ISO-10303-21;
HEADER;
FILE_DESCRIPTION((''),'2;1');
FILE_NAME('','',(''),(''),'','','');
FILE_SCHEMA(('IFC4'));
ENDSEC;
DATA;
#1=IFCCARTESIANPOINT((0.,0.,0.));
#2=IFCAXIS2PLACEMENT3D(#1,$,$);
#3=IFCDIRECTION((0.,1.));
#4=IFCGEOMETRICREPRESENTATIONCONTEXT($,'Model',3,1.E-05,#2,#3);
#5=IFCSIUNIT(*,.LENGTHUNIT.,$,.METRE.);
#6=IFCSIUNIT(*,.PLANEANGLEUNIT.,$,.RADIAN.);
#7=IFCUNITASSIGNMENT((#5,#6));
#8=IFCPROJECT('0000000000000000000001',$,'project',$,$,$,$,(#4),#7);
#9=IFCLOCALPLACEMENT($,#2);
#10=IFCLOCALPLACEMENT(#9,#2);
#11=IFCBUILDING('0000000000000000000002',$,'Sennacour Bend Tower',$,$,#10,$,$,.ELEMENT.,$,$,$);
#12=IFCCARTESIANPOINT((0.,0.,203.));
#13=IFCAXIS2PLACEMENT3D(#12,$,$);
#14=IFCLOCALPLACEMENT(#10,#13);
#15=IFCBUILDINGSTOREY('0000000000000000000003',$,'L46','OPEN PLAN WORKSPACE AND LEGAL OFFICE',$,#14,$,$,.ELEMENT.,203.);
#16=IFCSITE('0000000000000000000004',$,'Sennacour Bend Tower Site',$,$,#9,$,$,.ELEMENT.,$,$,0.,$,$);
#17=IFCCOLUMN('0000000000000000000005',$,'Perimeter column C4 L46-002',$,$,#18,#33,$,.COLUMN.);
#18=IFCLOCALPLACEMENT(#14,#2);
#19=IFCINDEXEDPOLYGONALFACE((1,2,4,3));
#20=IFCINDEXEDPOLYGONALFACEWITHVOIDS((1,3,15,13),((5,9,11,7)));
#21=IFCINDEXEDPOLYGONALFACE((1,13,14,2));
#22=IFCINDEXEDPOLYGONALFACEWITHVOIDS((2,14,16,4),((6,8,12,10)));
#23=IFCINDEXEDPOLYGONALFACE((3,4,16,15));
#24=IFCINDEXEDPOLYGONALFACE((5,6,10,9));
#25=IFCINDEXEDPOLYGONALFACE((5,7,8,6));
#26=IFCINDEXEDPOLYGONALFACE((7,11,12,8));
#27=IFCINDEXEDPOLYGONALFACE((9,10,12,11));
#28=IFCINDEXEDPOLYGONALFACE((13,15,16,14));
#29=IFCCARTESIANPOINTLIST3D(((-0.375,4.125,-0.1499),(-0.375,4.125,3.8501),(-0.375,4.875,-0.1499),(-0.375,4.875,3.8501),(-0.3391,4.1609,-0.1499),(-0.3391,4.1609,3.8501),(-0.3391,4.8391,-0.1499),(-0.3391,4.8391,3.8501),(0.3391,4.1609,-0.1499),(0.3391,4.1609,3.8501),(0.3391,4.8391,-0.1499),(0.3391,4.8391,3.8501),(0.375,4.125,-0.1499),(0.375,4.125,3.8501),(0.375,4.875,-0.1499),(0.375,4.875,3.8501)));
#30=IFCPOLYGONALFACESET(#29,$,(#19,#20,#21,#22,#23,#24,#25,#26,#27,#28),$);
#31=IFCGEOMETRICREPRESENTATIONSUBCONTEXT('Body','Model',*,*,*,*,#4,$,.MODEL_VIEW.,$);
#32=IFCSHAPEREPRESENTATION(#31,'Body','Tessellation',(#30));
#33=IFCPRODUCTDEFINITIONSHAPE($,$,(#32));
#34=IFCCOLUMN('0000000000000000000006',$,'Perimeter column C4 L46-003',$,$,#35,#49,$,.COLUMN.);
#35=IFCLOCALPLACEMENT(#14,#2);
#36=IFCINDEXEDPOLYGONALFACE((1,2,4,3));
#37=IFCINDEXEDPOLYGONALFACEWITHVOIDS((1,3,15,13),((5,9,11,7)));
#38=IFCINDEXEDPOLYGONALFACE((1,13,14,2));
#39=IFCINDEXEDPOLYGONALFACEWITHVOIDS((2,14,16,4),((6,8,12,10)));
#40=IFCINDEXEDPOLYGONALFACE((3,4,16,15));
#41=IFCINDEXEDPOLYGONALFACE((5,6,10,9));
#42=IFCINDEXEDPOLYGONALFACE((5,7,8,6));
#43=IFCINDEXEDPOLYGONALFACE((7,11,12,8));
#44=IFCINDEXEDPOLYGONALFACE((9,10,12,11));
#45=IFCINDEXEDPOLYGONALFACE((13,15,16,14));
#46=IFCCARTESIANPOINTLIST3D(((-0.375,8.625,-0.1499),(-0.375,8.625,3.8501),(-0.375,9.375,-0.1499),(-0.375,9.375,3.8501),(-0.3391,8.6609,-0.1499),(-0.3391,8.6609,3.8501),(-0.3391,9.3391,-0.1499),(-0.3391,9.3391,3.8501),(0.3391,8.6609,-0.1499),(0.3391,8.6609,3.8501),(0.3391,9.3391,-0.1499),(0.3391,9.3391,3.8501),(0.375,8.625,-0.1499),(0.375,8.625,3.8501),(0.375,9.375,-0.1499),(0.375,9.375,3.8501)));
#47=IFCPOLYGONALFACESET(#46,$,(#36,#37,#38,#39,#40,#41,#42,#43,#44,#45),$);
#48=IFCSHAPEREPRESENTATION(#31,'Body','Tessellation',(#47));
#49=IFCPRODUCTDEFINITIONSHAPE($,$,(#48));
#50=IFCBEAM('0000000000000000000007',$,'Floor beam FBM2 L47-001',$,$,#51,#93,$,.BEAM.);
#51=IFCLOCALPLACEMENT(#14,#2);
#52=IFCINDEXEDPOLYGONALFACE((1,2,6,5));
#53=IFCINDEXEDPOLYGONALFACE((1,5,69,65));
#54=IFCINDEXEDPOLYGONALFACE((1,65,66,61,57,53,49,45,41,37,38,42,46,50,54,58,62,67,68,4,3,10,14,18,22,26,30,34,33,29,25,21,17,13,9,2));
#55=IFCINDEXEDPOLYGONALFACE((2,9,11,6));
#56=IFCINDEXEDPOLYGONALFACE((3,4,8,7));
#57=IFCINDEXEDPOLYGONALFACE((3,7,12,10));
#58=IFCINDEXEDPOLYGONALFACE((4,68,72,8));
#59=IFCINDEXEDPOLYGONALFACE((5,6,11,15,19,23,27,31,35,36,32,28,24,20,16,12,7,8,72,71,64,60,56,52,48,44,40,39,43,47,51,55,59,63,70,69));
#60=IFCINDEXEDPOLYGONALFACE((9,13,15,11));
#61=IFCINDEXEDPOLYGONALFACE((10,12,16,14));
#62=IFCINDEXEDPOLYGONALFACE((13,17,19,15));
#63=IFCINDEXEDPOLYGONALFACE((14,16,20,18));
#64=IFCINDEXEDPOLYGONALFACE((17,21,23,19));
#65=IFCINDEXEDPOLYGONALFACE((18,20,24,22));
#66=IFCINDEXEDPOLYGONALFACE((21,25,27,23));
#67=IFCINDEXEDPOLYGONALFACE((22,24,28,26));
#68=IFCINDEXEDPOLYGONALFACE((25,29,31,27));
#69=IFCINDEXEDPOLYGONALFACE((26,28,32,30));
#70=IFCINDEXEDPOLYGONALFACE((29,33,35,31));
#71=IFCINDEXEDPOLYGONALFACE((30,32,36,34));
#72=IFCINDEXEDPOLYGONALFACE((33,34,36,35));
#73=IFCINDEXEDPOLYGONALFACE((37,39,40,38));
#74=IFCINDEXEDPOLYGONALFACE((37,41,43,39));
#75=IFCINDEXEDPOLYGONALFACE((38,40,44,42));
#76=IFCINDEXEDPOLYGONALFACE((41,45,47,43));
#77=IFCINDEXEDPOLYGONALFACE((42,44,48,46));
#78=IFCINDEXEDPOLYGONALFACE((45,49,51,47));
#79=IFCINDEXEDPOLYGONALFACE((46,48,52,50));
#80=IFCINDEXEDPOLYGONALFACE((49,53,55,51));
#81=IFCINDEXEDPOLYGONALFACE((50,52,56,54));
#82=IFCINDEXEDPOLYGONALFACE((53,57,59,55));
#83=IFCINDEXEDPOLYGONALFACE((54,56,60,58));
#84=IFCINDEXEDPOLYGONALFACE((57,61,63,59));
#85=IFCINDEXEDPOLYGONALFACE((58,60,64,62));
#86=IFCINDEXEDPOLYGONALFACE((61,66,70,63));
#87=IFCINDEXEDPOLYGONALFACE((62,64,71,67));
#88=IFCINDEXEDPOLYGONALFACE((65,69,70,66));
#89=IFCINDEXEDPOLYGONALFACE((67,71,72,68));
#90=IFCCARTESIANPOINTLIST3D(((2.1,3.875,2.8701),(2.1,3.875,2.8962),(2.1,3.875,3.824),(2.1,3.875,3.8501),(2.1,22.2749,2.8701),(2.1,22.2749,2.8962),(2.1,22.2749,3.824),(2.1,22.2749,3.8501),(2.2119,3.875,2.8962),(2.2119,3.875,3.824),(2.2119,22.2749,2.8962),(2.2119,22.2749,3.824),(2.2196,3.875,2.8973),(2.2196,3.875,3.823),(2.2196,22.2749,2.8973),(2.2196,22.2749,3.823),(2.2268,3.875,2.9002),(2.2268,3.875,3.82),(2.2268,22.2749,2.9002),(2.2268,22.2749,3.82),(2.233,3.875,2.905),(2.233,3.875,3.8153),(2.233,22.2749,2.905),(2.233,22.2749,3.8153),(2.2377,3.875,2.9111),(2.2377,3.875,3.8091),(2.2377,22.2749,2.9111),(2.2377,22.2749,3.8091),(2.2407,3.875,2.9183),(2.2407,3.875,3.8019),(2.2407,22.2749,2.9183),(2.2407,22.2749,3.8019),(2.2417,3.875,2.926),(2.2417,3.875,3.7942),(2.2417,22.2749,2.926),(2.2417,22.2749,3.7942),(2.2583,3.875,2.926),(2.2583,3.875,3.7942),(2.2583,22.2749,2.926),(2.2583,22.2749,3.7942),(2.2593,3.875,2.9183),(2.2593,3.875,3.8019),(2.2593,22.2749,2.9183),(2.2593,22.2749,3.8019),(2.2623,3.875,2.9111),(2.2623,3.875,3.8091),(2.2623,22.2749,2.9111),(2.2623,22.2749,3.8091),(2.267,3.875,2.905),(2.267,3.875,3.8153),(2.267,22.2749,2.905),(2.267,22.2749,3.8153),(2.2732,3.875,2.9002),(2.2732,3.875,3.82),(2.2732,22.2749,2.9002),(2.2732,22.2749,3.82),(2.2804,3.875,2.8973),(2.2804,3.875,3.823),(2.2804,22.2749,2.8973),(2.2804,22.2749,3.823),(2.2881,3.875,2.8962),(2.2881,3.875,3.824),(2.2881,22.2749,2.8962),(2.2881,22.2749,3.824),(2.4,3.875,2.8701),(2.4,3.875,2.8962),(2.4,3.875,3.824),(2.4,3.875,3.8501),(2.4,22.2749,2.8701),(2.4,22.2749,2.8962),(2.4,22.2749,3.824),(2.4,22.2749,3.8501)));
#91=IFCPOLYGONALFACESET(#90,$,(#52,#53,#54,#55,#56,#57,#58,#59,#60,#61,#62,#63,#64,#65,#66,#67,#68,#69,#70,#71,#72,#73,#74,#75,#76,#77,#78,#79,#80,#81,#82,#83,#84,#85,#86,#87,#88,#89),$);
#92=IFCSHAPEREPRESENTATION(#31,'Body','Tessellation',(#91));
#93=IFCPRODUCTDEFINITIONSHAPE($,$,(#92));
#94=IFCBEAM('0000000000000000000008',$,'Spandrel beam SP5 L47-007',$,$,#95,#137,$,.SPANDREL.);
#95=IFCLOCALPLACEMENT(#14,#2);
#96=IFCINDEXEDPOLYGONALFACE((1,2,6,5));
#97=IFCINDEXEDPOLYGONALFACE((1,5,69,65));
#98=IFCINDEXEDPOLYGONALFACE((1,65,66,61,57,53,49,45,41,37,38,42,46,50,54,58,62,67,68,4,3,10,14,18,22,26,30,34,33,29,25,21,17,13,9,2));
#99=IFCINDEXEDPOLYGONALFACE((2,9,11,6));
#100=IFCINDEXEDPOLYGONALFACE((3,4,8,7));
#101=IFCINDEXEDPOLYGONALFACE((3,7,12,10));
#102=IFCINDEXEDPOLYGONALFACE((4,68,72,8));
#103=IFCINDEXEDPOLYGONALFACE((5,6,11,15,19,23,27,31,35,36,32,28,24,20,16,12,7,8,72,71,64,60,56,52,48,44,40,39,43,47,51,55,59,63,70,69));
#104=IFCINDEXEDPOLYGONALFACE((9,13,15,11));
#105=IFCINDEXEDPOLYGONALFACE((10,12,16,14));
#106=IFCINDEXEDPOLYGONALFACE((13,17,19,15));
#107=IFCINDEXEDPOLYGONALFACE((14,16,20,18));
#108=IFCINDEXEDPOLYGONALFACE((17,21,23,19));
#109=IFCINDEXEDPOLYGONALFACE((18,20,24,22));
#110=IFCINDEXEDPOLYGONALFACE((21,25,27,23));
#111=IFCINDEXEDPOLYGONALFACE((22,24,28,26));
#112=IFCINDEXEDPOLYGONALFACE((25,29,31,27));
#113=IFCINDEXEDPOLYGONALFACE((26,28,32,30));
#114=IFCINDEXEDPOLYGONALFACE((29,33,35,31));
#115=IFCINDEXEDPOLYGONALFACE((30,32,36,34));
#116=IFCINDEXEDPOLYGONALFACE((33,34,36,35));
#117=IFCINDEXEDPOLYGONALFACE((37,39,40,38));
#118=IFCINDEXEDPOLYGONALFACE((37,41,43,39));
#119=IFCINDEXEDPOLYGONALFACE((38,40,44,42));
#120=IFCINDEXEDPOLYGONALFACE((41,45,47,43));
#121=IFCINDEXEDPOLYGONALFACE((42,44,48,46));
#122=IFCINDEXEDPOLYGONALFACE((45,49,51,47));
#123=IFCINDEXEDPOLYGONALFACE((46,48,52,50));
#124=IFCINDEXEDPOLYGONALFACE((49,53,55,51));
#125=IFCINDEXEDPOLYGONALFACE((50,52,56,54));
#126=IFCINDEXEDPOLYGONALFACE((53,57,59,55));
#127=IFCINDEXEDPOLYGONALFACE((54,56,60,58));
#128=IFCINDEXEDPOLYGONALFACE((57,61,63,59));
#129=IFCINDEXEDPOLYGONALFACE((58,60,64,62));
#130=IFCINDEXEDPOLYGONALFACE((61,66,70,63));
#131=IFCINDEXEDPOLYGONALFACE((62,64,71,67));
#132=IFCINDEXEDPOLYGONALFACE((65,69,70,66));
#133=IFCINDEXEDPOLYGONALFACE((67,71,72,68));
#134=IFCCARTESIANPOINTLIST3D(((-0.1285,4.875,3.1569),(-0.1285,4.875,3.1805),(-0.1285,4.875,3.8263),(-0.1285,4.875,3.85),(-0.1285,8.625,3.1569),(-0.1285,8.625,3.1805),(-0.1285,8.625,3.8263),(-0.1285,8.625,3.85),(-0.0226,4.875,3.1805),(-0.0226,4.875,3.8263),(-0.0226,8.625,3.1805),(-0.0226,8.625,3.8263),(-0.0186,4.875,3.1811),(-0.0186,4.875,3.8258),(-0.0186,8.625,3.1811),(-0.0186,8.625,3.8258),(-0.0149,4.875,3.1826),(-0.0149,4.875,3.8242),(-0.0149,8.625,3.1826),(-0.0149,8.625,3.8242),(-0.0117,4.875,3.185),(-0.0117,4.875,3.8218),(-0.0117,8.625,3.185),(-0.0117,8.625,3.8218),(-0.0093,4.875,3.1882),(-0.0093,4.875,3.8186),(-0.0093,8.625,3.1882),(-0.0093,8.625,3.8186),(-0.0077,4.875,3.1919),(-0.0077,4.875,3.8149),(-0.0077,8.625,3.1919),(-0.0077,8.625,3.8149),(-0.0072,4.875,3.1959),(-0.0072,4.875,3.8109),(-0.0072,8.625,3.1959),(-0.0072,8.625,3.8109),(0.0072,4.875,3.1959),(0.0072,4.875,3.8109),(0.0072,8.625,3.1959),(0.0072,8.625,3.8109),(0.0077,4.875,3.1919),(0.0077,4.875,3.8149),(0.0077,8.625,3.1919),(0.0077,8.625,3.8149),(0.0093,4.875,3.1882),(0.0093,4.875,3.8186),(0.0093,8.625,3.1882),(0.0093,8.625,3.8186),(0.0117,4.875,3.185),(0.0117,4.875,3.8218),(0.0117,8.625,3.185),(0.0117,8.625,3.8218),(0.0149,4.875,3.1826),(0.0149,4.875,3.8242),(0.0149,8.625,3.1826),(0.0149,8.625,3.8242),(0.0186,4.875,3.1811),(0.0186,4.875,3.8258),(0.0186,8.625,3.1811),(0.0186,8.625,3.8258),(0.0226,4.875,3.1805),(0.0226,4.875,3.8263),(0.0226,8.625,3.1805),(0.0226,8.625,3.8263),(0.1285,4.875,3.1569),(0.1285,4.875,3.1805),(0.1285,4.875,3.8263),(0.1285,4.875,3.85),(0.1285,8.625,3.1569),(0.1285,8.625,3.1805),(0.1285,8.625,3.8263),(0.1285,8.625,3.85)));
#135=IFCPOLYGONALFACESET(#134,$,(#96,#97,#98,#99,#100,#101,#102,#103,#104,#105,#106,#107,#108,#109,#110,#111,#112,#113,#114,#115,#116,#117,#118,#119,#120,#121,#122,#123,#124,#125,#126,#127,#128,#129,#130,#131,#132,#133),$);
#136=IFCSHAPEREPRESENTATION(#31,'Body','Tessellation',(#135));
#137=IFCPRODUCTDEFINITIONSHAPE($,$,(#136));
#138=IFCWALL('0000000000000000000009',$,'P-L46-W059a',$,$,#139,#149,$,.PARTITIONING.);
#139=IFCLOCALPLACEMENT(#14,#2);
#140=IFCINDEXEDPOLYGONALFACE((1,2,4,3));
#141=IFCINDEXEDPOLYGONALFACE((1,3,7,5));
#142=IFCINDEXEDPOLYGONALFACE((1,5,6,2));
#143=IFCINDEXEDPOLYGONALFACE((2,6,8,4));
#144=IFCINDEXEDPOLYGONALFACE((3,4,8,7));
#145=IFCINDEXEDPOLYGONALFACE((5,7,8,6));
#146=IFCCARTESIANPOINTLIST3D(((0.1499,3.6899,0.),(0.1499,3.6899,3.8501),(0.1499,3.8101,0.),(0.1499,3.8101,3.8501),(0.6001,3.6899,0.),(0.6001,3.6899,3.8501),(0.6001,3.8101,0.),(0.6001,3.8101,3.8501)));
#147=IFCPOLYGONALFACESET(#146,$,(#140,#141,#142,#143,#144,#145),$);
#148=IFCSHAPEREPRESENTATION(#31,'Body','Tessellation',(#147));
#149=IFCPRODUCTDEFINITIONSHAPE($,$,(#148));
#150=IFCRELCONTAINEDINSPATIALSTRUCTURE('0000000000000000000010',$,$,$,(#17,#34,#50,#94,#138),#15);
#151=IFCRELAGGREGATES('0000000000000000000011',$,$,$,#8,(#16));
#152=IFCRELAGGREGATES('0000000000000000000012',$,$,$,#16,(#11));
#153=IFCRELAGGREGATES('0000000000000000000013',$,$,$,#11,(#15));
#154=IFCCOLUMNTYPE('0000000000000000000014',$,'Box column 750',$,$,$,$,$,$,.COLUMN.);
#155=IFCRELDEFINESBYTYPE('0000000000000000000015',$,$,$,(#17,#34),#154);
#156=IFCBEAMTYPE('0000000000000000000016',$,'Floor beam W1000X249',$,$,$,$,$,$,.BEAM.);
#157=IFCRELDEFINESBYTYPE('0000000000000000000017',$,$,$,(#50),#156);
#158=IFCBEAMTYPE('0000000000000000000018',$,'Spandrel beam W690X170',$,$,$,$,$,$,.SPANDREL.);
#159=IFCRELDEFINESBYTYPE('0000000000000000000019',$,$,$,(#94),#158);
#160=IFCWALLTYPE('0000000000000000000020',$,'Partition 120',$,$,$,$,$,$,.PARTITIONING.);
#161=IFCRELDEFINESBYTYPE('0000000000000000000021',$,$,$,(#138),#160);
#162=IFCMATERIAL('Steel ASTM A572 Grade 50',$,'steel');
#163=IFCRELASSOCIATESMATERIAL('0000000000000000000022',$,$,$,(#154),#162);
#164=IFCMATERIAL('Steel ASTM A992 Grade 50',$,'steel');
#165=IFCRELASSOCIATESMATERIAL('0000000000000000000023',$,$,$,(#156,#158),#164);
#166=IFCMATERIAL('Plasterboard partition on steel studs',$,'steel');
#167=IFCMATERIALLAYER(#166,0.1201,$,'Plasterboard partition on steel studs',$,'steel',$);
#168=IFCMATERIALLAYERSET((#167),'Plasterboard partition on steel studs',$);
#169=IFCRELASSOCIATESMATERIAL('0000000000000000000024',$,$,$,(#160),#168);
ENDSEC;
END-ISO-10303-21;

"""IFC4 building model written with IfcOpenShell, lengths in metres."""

from ifc_helpers import new_model, si_unit, direction, frame, frame_2d, origin, origin_2d, place, context, subcontext, project, spatial, rectangle, hollow_rectangle, i_section, extrude, material, layer, layer_set, material_profile, profile_set, type_object, element, save


model = new_model("IFC4")

# Units and contexts
model_context = context("Model", 3, precision=1e-05, world=origin(), true_north=direction((0.0, 1.0)))
body_context = subcontext(model_context, "Body", "Model", "MODEL_VIEW")
ifc_project = project(units=[si_unit("LENGTHUNIT", "METRE"), si_unit("PLANEANGLEUNIT", "RADIAN")], contexts=[model_context])

# Site, building, storey
site_placement = place(None, origin())
site = spatial("IfcSite", under=ifc_project, at=site_placement, Name="Sennacour Bend Tower Site", CompositionType="ELEMENT", RefElevation=0.0)
building_placement = place(site_placement, origin())
building = spatial("IfcBuilding", under=site, at=building_placement, Name="Sennacour Bend Tower", CompositionType="ELEMENT")
storey_placement = place(building_placement, frame((0.0, 0.0, 203.0)))
storey = spatial("IfcBuildingStorey", under=building, at=storey_placement, Name="L46", Description="OPEN PLAN WORKSPACE AND LEGAL OFFICE", CompositionType="ELEMENT", Elevation=203.0)

# Columns
ifc_material_1 = material(Name="Steel ASTM A572 Grade 50", Category="steel")
ifc_material_profile_1 = material_profile(ifc_material_1, hollow_rectangle(XDim=0.75, YDim=0.75, WallThickness=0.0359, at=origin_2d()), Name="Steel ASTM A572 Grade 50", Category="steel")
ifc_profile_set_1 = profile_set([ifc_material_profile_1], Name="Steel ASTM A572 Grade 50")
column_type = type_object("IfcColumnType", Name="Box column 750", PredefinedType="COLUMN", material=ifc_profile_set_1)
for number, where, z_axis, x_axis, name in (
    (1, (0.0, 4.5, -0.1499), (0.0, 0.0, 1.0), (1.0, 0.0, 0.0), "Perimeter column C4 L46-002"),
    (2, (0.0, 9.0, -0.1499), (0.0, 0.0, 1.0), (1.0, 0.0, 0.0), "Perimeter column C4 L46-003"),
):
    element("IfcColumn", number, at=place(storey_placement, frame(where, z_axis=z_axis, x_axis=x_axis)), inside=storey, type_object=column_type, Name=name, PredefinedType="COLUMN", context=body_context, shape_type="SweptSolid", body=[
        extrude(hollow_rectangle(XDim=0.75, YDim=0.75, WallThickness=0.0359, at=origin_2d()), origin(), (0.0, 0.0, 1.0), 4.0),
    ])

# Beams
ifc_material_2 = material(Name="Steel ASTM A992 Grade 50", Category="steel")
ifc_material_profile_2 = material_profile(ifc_material_2, i_section(OverallWidth=0.3, OverallDepth=0.98, WebThickness=0.0166, FlangeThickness=0.0261, FilletRadius=0.0298, at=origin_2d()), Name="Steel ASTM A992 Grade 50", Category="steel")
ifc_profile_set_2 = profile_set([ifc_material_profile_2], Name="Steel ASTM A992 Grade 50")
beam_type_1 = type_object("IfcBeamType", Name="Floor beam W1000X249", PredefinedType="BEAM", material=ifc_profile_set_2)
beam_1_placement = place(storey_placement, frame((2.25, 3.875, 3.3601), z_axis=(0.0, 1.0, 0.0), x_axis=(-1.0, 0.0, 0.0)))
element("IfcBeam", 3, at=beam_1_placement, inside=storey, type_object=beam_type_1, Name="Floor beam FBM2 L47-001", PredefinedType="BEAM", context=body_context, shape_type="SweptSolid", body=[
    extrude(i_section(OverallWidth=0.3, OverallDepth=0.98, WebThickness=0.0166, FlangeThickness=0.0261, FilletRadius=0.0298, at=origin_2d()), origin(), (0.0, 0.0, 1.0), 18.3999),
])
ifc_material_profile_3 = material_profile(ifc_material_2, i_section(OverallWidth=0.2571, OverallDepth=0.6931, WebThickness=0.0144, FlangeThickness=0.0237, FilletRadius=0.0154, at=origin_2d()), Name="Steel ASTM A992 Grade 50", Category="steel")
ifc_profile_set_3 = profile_set([ifc_material_profile_3], Name="Steel ASTM A992 Grade 50")
beam_type_2 = type_object("IfcBeamType", Name="Spandrel beam W690X170", PredefinedType="SPANDREL", material=ifc_profile_set_3)
beam_2_placement = place(storey_placement, frame((0.0, 4.875, 3.5034), z_axis=(0.0, 1.0, 0.0), x_axis=(-1.0, 0.0, 0.0)))
element("IfcBeam", 4, at=beam_2_placement, inside=storey, type_object=beam_type_2, Name="Spandrel beam SP5 L47-007", PredefinedType="SPANDREL", context=body_context, shape_type="SweptSolid", body=[
    extrude(i_section(OverallWidth=0.2571, OverallDepth=0.6931, WebThickness=0.0144, FlangeThickness=0.0237, FilletRadius=0.0154, at=origin_2d()), origin(), (0.0, 0.0, 1.0), 3.75),
])

# Wall
ifc_material_3 = material(Name="Plasterboard partition on steel studs", Category="steel")
ifc_layer_1 = layer(ifc_material_3, 0.1201, Name="Plasterboard partition on steel studs", Category="steel")
ifc_layer_set_1 = layer_set([ifc_layer_1], Name="Plasterboard partition on steel studs")
wall_type_1 = type_object("IfcWallType", Name="Partition 120", PredefinedType="PARTITIONING", material=ifc_layer_set_1)
wall_1_placement = place(storey_placement, frame((0.1499, 3.75, 0.0), z_axis=(0.0, 0.0, 1.0), x_axis=(1.0, 0.0, 0.0)))
element("IfcWall", 5, at=wall_1_placement, inside=storey, type_object=wall_type_1, Name="P-L46-W059a", PredefinedType="PARTITIONING", context=body_context, shape_type="SweptSolid", body=[
    extrude(rectangle(XDim=0.4502, YDim=0.1201, at=frame_2d((0.2251, 0.0))), origin(), (0.0, 0.0, 1.0), 3.8501),
])

save(model, "model.ifc")
